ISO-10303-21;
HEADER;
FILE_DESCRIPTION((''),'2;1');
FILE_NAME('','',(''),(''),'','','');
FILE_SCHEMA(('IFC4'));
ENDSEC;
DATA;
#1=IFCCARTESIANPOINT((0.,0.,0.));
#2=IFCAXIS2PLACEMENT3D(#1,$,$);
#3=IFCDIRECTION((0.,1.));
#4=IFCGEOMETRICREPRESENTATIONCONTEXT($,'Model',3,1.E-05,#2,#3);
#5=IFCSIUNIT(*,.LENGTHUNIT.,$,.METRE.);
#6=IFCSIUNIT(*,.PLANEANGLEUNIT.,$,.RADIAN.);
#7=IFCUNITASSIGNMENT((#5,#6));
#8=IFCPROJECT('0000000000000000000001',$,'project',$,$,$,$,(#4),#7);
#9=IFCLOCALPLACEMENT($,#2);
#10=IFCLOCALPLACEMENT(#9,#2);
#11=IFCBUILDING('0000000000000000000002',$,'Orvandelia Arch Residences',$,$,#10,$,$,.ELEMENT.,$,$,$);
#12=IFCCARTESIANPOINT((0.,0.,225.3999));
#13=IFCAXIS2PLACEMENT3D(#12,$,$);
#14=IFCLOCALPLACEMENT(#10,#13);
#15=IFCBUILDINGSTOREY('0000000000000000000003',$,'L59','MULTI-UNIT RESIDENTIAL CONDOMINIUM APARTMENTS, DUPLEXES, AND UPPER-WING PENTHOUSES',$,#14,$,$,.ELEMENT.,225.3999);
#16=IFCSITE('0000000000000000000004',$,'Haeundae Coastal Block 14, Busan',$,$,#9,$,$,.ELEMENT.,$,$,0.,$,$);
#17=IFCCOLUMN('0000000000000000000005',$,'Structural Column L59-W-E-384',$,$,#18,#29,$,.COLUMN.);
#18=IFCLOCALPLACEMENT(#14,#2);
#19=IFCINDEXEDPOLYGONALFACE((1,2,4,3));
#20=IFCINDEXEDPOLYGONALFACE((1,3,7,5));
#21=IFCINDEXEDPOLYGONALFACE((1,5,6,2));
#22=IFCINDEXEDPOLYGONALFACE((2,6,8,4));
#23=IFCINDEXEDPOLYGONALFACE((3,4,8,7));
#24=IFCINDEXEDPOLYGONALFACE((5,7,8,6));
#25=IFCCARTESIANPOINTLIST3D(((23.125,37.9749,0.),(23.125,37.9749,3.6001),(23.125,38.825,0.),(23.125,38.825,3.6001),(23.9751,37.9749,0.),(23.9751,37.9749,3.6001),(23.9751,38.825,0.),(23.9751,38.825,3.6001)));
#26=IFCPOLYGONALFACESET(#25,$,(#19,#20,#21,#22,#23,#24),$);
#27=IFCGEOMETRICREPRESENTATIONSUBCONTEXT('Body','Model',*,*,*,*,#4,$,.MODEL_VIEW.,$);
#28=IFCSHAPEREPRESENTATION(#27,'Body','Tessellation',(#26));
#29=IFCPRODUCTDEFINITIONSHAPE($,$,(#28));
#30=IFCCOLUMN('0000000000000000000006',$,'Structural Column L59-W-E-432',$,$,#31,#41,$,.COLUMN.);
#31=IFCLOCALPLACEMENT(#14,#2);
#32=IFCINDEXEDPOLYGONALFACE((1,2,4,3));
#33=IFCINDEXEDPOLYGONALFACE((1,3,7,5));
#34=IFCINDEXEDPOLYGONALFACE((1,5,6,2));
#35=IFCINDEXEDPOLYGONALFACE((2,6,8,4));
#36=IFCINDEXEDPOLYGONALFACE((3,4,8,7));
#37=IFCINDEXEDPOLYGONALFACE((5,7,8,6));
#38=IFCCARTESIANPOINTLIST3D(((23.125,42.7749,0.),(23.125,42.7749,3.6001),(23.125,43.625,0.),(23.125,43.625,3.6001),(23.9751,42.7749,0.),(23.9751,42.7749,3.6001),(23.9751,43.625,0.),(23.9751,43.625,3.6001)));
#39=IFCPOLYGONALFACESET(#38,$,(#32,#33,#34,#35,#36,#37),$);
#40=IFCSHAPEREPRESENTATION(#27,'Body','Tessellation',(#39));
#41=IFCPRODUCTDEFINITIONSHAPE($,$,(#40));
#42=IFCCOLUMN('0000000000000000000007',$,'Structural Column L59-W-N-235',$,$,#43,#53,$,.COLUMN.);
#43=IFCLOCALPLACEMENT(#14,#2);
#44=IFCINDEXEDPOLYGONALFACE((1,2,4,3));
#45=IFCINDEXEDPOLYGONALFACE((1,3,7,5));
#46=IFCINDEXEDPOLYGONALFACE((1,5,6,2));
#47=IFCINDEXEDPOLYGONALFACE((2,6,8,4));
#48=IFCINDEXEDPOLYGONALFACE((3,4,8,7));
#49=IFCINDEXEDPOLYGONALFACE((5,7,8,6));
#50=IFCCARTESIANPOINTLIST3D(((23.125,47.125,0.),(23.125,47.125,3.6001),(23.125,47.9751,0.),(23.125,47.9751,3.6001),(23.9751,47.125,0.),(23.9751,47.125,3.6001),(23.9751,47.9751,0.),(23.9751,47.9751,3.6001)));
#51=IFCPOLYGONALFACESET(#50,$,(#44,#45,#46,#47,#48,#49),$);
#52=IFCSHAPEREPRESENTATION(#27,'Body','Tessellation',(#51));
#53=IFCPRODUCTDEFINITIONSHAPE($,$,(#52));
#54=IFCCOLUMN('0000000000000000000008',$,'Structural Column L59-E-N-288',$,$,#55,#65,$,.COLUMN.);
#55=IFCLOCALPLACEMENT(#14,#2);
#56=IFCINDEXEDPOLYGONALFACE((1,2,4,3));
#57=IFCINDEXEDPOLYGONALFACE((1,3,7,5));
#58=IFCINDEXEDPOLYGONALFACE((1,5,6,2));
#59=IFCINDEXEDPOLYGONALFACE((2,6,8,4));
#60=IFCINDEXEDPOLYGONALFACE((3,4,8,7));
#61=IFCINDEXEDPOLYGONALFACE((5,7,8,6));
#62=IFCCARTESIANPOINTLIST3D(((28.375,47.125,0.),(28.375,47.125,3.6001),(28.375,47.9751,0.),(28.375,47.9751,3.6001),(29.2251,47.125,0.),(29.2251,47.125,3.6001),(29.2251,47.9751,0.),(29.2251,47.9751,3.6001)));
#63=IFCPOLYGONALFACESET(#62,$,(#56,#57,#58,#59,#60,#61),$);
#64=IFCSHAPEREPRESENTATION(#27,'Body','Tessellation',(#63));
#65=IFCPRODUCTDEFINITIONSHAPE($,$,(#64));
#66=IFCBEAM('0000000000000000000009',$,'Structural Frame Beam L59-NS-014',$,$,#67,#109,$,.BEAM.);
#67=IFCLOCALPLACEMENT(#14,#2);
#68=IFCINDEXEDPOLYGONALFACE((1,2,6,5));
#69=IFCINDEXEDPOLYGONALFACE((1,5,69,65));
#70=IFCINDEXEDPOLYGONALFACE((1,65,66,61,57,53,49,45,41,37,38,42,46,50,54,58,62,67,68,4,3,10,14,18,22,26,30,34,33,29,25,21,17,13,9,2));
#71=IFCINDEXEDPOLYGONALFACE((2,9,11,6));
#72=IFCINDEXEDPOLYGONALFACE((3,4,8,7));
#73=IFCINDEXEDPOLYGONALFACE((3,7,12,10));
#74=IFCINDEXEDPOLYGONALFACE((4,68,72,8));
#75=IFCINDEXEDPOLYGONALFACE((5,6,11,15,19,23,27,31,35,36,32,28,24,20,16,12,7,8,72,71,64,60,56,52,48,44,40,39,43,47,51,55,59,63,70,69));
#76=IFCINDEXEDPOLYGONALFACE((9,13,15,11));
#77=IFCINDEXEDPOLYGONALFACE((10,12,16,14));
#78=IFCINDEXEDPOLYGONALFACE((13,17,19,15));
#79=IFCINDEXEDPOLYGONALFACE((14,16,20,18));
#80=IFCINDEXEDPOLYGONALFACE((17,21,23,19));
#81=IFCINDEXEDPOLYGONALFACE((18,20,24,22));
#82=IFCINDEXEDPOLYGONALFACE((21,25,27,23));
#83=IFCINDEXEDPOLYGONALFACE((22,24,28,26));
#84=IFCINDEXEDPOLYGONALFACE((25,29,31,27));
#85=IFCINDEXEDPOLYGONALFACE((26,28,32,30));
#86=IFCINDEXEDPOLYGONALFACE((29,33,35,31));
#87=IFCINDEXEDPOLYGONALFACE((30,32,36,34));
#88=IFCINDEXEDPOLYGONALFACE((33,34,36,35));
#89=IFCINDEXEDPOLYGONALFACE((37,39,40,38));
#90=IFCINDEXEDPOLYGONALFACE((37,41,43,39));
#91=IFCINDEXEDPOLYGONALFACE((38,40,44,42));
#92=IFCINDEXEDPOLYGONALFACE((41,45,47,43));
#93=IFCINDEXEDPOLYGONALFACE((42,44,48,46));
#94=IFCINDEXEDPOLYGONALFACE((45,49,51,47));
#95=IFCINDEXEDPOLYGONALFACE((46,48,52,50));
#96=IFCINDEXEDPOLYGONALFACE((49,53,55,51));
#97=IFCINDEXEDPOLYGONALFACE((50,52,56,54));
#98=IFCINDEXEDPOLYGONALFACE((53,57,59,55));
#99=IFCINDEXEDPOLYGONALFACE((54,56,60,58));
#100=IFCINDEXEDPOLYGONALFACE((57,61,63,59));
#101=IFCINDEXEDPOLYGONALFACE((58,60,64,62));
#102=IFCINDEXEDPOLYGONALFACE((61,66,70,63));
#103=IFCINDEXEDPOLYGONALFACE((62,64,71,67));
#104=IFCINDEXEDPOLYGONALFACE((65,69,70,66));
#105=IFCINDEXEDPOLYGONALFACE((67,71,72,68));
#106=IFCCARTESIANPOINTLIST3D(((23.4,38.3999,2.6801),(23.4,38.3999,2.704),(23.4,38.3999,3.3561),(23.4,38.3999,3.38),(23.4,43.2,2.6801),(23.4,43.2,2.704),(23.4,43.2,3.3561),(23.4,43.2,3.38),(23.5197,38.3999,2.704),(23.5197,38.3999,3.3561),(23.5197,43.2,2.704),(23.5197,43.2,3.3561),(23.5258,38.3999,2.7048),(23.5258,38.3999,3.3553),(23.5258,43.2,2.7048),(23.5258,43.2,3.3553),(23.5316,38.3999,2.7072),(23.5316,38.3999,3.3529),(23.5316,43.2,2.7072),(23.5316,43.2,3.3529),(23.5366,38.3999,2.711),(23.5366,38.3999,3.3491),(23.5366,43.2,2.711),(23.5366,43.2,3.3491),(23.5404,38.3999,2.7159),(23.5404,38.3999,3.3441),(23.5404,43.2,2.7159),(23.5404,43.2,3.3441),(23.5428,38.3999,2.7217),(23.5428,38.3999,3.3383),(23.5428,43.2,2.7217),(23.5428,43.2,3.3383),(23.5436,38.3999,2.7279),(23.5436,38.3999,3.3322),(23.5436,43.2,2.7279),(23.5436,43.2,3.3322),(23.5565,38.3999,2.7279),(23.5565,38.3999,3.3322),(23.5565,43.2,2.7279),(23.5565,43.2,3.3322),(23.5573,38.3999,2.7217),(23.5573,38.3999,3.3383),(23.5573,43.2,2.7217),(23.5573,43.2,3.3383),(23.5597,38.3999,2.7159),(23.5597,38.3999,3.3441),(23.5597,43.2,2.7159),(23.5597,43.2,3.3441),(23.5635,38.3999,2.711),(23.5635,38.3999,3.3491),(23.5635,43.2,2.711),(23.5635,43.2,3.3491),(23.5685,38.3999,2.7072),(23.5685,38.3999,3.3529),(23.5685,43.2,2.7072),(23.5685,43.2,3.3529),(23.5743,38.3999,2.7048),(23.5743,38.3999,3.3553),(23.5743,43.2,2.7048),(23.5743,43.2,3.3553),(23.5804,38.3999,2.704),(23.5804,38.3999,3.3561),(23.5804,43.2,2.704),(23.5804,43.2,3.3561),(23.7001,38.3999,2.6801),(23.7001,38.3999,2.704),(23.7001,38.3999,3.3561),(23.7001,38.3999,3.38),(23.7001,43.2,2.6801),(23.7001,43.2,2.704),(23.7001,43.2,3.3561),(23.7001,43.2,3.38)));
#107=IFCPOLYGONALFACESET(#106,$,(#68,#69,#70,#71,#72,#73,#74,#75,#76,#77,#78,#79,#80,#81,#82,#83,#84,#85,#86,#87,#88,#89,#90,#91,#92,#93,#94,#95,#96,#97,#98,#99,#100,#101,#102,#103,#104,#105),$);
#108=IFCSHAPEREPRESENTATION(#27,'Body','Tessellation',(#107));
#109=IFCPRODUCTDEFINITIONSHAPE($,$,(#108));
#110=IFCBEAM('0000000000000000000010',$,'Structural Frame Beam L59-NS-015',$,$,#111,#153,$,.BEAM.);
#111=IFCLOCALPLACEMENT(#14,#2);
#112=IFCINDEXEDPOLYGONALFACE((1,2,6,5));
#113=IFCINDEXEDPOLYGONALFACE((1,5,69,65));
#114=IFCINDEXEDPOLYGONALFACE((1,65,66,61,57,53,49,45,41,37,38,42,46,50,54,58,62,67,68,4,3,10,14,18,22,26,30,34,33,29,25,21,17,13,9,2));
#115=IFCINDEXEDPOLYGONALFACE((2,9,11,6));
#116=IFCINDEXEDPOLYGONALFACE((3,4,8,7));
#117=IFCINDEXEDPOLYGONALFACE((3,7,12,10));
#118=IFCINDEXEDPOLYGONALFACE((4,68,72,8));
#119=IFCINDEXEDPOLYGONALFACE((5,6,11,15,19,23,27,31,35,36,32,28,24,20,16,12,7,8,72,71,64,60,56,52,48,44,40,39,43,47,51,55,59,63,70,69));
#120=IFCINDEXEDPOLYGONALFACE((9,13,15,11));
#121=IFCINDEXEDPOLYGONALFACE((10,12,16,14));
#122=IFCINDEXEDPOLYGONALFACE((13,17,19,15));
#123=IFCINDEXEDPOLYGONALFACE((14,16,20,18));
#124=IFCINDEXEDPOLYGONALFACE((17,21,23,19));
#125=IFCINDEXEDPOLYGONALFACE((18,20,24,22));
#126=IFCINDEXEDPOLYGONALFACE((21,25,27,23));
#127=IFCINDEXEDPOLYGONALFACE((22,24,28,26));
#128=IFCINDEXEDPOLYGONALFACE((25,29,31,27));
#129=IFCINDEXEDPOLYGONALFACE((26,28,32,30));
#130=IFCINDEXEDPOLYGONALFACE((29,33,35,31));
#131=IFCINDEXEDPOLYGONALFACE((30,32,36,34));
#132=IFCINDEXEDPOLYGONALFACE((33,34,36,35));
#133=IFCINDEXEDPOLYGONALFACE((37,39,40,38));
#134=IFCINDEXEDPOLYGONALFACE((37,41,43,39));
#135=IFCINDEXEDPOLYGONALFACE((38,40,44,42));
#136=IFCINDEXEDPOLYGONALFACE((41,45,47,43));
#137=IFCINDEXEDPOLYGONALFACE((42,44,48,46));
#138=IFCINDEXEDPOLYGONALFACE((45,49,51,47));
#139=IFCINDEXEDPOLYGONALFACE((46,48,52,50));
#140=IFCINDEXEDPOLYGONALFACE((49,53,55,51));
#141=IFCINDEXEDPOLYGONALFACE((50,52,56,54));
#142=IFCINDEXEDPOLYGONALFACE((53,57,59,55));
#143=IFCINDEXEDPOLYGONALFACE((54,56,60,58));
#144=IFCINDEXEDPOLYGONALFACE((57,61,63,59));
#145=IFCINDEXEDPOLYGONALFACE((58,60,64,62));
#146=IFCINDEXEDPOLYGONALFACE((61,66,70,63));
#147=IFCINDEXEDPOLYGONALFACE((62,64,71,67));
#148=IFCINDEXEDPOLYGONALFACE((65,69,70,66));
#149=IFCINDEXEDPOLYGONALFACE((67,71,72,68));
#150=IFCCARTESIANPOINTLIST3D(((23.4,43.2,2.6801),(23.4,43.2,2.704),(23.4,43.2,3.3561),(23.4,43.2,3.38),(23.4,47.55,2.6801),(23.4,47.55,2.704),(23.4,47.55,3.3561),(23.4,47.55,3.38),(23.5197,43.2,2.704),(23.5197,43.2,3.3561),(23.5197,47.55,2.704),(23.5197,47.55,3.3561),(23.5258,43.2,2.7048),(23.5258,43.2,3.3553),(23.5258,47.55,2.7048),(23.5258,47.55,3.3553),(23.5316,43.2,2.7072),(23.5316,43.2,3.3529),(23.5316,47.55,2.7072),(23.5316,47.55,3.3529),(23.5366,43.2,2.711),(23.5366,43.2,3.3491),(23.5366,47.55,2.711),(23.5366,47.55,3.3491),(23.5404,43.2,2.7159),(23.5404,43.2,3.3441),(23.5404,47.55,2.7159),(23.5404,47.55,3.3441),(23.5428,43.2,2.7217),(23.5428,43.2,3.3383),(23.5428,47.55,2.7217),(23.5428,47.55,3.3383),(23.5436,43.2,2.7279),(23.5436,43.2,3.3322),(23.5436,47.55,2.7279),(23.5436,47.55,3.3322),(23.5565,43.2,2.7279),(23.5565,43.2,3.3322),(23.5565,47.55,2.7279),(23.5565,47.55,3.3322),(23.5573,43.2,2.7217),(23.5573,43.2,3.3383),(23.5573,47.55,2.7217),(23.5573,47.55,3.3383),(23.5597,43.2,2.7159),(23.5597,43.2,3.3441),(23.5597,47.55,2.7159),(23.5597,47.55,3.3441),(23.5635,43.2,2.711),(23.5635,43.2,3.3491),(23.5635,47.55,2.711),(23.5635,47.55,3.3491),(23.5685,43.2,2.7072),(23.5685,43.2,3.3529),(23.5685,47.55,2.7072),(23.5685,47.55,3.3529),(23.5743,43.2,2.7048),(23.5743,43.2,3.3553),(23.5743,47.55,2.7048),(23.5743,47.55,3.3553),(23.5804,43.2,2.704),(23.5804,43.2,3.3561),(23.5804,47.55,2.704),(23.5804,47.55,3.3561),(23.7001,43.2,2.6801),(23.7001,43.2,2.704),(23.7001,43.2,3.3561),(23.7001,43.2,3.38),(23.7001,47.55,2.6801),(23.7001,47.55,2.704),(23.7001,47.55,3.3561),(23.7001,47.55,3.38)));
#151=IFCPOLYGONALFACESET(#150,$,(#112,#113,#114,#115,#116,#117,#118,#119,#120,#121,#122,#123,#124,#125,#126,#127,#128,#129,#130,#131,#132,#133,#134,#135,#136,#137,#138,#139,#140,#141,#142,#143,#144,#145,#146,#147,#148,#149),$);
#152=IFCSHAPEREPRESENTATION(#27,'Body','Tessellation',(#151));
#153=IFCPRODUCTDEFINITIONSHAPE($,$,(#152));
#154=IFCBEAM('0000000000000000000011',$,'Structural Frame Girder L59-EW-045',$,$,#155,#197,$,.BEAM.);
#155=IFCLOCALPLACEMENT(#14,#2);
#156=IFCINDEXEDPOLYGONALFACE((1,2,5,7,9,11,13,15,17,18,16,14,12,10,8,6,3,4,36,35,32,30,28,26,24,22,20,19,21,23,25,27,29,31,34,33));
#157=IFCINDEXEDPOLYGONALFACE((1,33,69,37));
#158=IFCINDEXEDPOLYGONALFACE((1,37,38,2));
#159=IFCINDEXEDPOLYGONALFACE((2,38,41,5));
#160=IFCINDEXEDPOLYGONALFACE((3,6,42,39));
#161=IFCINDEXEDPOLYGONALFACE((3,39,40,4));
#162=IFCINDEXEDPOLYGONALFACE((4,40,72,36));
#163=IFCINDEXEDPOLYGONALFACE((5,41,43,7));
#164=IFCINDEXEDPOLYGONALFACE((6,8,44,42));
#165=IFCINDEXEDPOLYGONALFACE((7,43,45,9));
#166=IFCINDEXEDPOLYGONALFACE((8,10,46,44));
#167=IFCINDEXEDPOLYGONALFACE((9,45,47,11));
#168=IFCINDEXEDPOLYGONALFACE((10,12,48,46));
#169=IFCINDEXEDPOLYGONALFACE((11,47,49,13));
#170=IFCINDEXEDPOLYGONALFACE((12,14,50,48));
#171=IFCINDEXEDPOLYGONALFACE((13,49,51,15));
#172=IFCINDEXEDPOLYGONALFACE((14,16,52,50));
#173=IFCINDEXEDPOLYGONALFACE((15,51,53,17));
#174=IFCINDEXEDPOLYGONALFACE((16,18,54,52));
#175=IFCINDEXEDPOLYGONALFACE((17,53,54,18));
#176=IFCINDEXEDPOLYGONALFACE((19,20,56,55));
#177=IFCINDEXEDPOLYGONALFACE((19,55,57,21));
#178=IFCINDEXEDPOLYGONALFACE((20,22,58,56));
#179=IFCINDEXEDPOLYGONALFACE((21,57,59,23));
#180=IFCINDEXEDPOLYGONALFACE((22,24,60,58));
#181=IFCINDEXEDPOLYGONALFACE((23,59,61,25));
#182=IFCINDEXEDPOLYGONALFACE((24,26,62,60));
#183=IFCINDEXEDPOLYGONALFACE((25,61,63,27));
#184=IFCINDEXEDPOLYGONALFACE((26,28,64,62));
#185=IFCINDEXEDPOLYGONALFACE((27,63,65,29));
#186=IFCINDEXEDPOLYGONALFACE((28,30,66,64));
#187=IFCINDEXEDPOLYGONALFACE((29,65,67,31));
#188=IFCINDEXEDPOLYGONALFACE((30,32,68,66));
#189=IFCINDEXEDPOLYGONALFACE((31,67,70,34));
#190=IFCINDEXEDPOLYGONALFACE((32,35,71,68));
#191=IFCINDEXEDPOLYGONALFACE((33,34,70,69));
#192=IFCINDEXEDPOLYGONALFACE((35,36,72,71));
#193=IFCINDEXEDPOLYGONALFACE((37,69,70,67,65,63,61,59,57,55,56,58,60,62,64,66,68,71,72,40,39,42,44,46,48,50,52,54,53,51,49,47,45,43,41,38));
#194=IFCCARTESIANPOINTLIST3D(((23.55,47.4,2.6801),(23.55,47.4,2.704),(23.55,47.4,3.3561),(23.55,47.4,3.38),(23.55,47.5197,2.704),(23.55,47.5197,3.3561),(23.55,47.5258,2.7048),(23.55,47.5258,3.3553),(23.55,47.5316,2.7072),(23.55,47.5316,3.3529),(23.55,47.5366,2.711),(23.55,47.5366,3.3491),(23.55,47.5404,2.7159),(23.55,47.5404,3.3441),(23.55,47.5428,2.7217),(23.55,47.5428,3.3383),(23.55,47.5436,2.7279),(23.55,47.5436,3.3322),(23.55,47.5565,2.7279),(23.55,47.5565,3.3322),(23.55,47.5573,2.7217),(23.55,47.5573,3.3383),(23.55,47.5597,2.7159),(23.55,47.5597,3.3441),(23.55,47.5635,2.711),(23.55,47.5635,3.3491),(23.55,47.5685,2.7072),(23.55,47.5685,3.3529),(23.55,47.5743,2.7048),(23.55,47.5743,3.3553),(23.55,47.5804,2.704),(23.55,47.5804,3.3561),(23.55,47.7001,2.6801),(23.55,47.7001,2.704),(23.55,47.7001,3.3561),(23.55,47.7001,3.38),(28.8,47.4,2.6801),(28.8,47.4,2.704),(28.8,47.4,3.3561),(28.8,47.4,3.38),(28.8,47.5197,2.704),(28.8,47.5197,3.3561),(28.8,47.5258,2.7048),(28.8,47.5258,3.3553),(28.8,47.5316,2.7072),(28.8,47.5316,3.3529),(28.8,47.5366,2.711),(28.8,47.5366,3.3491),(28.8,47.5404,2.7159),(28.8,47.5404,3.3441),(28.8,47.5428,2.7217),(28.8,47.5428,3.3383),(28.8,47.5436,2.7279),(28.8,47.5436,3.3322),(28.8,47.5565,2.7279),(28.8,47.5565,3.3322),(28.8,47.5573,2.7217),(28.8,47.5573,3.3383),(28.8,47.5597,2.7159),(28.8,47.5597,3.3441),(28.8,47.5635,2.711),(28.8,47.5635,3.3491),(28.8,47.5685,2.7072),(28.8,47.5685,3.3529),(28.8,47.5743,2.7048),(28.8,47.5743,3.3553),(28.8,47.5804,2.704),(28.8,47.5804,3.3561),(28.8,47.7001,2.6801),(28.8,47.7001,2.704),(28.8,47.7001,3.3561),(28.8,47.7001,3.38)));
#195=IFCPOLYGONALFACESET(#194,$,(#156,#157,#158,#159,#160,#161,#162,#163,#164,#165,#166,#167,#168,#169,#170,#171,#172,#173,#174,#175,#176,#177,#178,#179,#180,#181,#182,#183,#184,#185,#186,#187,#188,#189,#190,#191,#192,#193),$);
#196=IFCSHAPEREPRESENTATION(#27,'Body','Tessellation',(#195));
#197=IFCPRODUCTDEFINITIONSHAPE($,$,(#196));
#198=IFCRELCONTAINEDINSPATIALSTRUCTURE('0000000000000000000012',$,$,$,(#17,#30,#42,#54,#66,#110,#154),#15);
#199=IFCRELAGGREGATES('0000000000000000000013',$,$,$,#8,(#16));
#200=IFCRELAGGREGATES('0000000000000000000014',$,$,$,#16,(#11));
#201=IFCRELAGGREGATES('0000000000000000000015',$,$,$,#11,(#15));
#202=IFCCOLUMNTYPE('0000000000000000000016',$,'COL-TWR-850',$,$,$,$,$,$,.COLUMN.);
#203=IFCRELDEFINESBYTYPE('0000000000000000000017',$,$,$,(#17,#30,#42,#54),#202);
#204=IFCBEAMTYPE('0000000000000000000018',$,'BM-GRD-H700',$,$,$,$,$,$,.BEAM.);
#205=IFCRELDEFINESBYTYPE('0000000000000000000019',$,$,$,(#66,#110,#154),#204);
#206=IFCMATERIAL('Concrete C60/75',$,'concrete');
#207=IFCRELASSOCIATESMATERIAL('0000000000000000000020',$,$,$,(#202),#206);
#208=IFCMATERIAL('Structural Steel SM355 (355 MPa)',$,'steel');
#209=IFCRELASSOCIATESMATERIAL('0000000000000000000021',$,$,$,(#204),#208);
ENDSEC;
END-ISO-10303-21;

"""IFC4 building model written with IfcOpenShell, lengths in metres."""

from ifc_helpers import new_model, si_unit, direction, frame, origin, origin_2d, place, context, subcontext, project, spatial, rectangle, i_section, extrude, material, material_profile, profile_set, type_object, element, save


model = new_model("IFC4")

# Units and contexts
model_context = context("Model", 3, precision=1e-05, world=origin(), true_north=direction((0.0, 1.0)))
body_context = subcontext(model_context, "Body", "Model", "MODEL_VIEW")
ifc_project = project(units=[si_unit("LENGTHUNIT", "METRE"), si_unit("PLANEANGLEUNIT", "RADIAN")], contexts=[model_context])

# Site, building, storey
site_placement = place(None, origin())
site = spatial("IfcSite", under=ifc_project, at=site_placement, Name="Haeundae Coastal Block 14, Busan", CompositionType="ELEMENT", RefElevation=0.0)
building_placement = place(site_placement, origin())
building = spatial("IfcBuilding", under=site, at=building_placement, Name="Orvandelia Arch Residences", CompositionType="ELEMENT")
storey_placement = place(building_placement, frame((0.0, 0.0, 225.3999)))
storey = spatial("IfcBuildingStorey", under=building, at=storey_placement, Name="L59", Description="MULTI-UNIT RESIDENTIAL CONDOMINIUM APARTMENTS, DUPLEXES, AND UPPER-WING PENTHOUSES", CompositionType="ELEMENT", Elevation=225.3999)

# Columns
ifc_material_1 = material(Name="Concrete C60/75", Category="concrete")
ifc_material_profile_1 = material_profile(ifc_material_1, rectangle(XDim=0.8501, YDim=0.8501, at=origin_2d()), Name="Concrete C60/75", Category="concrete")
ifc_profile_set_1 = profile_set([ifc_material_profile_1], Name="Concrete C60/75")
column_type = type_object("IfcColumnType", Name="COL-TWR-850", PredefinedType="COLUMN", material=ifc_profile_set_1)
for number, where, z_axis, x_axis, name in (
    (1, (23.55, 38.3999, 0.0), (0.0, 0.0, 1.0), (1.0, 0.0, 0.0), "Structural Column L59-W-E-384"),
    (2, (23.55, 43.2, 0.0), (0.0, 0.0, 1.0), (1.0, 0.0, 0.0), "Structural Column L59-W-E-432"),
    (3, (23.55, 47.55, 0.0), (0.0, 0.0, 1.0), (1.0, 0.0, 0.0), "Structural Column L59-W-N-235"),
    (4, (28.8, 47.55, 0.0), (0.0, 0.0, 1.0), (1.0, 0.0, 0.0), "Structural Column L59-E-N-288"),
):
    element("IfcColumn", number, at=place(storey_placement, frame(where, z_axis=z_axis, x_axis=x_axis)), inside=storey, type_object=column_type, Name=name, PredefinedType="COLUMN", context=body_context, shape_type="SweptSolid", body=[
        extrude(rectangle(XDim=0.8501, YDim=0.8501, at=origin_2d()), origin(), (0.0, 0.0, 1.0), 3.6001),
    ])

# Beams
ifc_material_2 = material(Name="Structural Steel SM355 (355 MPa)", Category="steel")
ifc_material_profile_2 = material_profile(ifc_material_2, i_section(OverallWidth=0.3, OverallDepth=0.7, WebThickness=0.0129, FlangeThickness=0.0239, FilletRadius=0.0239, at=origin_2d()), Name="Structural Steel SM355 (355 MPa)", Category="steel")
ifc_profile_set_2 = profile_set([ifc_material_profile_2], Name="Structural Steel SM355 (355 MPa)")
beam_type = type_object("IfcBeamType", Name="BM-GRD-H700", PredefinedType="BEAM", material=ifc_profile_set_2)
beam_1_placement = place(storey_placement, frame((23.55, 38.3999, 3.03), z_axis=(0.0, 1.0, 0.0), x_axis=(-1.0, 0.0, 0.0)))
element("IfcBeam", 5, at=beam_1_placement, inside=storey, type_object=beam_type, Name="Structural Frame Beam L59-NS-014", PredefinedType="BEAM", context=body_context, shape_type="SweptSolid", body=[
    extrude(i_section(OverallWidth=0.3, OverallDepth=0.7, WebThickness=0.0129, FlangeThickness=0.0239, FilletRadius=0.0239, at=origin_2d()), origin(), (0.0, 0.0, 1.0), 4.8),
])
beam_2_placement = place(storey_placement, frame((23.55, 43.2, 3.03), z_axis=(0.0, 1.0, 0.0), x_axis=(-1.0, 0.0, 0.0)))
element("IfcBeam", 6, at=beam_2_placement, inside=storey, type_object=beam_type, Name="Structural Frame Beam L59-NS-015", PredefinedType="BEAM", context=body_context, shape_type="SweptSolid", body=[
    extrude(i_section(OverallWidth=0.3, OverallDepth=0.7, WebThickness=0.0129, FlangeThickness=0.0239, FilletRadius=0.0239, at=origin_2d()), origin(), (0.0, 0.0, 1.0), 4.3501),
])
beam_3_placement = place(storey_placement, frame((23.55, 47.55, 3.03), z_axis=(1.0, 0.0, 0.0), x_axis=(0.0, 1.0, 0.0)))
element("IfcBeam", 7, at=beam_3_placement, inside=storey, type_object=beam_type, Name="Structural Frame Girder L59-EW-045", PredefinedType="BEAM", context=body_context, shape_type="SweptSolid", body=[
    extrude(i_section(OverallWidth=0.3, OverallDepth=0.7, WebThickness=0.0129, FlangeThickness=0.0239, FilletRadius=0.0239, at=origin_2d()), origin(), (0.0, 0.0, 1.0), 5.25),
])

save(model, "model.ifc")
